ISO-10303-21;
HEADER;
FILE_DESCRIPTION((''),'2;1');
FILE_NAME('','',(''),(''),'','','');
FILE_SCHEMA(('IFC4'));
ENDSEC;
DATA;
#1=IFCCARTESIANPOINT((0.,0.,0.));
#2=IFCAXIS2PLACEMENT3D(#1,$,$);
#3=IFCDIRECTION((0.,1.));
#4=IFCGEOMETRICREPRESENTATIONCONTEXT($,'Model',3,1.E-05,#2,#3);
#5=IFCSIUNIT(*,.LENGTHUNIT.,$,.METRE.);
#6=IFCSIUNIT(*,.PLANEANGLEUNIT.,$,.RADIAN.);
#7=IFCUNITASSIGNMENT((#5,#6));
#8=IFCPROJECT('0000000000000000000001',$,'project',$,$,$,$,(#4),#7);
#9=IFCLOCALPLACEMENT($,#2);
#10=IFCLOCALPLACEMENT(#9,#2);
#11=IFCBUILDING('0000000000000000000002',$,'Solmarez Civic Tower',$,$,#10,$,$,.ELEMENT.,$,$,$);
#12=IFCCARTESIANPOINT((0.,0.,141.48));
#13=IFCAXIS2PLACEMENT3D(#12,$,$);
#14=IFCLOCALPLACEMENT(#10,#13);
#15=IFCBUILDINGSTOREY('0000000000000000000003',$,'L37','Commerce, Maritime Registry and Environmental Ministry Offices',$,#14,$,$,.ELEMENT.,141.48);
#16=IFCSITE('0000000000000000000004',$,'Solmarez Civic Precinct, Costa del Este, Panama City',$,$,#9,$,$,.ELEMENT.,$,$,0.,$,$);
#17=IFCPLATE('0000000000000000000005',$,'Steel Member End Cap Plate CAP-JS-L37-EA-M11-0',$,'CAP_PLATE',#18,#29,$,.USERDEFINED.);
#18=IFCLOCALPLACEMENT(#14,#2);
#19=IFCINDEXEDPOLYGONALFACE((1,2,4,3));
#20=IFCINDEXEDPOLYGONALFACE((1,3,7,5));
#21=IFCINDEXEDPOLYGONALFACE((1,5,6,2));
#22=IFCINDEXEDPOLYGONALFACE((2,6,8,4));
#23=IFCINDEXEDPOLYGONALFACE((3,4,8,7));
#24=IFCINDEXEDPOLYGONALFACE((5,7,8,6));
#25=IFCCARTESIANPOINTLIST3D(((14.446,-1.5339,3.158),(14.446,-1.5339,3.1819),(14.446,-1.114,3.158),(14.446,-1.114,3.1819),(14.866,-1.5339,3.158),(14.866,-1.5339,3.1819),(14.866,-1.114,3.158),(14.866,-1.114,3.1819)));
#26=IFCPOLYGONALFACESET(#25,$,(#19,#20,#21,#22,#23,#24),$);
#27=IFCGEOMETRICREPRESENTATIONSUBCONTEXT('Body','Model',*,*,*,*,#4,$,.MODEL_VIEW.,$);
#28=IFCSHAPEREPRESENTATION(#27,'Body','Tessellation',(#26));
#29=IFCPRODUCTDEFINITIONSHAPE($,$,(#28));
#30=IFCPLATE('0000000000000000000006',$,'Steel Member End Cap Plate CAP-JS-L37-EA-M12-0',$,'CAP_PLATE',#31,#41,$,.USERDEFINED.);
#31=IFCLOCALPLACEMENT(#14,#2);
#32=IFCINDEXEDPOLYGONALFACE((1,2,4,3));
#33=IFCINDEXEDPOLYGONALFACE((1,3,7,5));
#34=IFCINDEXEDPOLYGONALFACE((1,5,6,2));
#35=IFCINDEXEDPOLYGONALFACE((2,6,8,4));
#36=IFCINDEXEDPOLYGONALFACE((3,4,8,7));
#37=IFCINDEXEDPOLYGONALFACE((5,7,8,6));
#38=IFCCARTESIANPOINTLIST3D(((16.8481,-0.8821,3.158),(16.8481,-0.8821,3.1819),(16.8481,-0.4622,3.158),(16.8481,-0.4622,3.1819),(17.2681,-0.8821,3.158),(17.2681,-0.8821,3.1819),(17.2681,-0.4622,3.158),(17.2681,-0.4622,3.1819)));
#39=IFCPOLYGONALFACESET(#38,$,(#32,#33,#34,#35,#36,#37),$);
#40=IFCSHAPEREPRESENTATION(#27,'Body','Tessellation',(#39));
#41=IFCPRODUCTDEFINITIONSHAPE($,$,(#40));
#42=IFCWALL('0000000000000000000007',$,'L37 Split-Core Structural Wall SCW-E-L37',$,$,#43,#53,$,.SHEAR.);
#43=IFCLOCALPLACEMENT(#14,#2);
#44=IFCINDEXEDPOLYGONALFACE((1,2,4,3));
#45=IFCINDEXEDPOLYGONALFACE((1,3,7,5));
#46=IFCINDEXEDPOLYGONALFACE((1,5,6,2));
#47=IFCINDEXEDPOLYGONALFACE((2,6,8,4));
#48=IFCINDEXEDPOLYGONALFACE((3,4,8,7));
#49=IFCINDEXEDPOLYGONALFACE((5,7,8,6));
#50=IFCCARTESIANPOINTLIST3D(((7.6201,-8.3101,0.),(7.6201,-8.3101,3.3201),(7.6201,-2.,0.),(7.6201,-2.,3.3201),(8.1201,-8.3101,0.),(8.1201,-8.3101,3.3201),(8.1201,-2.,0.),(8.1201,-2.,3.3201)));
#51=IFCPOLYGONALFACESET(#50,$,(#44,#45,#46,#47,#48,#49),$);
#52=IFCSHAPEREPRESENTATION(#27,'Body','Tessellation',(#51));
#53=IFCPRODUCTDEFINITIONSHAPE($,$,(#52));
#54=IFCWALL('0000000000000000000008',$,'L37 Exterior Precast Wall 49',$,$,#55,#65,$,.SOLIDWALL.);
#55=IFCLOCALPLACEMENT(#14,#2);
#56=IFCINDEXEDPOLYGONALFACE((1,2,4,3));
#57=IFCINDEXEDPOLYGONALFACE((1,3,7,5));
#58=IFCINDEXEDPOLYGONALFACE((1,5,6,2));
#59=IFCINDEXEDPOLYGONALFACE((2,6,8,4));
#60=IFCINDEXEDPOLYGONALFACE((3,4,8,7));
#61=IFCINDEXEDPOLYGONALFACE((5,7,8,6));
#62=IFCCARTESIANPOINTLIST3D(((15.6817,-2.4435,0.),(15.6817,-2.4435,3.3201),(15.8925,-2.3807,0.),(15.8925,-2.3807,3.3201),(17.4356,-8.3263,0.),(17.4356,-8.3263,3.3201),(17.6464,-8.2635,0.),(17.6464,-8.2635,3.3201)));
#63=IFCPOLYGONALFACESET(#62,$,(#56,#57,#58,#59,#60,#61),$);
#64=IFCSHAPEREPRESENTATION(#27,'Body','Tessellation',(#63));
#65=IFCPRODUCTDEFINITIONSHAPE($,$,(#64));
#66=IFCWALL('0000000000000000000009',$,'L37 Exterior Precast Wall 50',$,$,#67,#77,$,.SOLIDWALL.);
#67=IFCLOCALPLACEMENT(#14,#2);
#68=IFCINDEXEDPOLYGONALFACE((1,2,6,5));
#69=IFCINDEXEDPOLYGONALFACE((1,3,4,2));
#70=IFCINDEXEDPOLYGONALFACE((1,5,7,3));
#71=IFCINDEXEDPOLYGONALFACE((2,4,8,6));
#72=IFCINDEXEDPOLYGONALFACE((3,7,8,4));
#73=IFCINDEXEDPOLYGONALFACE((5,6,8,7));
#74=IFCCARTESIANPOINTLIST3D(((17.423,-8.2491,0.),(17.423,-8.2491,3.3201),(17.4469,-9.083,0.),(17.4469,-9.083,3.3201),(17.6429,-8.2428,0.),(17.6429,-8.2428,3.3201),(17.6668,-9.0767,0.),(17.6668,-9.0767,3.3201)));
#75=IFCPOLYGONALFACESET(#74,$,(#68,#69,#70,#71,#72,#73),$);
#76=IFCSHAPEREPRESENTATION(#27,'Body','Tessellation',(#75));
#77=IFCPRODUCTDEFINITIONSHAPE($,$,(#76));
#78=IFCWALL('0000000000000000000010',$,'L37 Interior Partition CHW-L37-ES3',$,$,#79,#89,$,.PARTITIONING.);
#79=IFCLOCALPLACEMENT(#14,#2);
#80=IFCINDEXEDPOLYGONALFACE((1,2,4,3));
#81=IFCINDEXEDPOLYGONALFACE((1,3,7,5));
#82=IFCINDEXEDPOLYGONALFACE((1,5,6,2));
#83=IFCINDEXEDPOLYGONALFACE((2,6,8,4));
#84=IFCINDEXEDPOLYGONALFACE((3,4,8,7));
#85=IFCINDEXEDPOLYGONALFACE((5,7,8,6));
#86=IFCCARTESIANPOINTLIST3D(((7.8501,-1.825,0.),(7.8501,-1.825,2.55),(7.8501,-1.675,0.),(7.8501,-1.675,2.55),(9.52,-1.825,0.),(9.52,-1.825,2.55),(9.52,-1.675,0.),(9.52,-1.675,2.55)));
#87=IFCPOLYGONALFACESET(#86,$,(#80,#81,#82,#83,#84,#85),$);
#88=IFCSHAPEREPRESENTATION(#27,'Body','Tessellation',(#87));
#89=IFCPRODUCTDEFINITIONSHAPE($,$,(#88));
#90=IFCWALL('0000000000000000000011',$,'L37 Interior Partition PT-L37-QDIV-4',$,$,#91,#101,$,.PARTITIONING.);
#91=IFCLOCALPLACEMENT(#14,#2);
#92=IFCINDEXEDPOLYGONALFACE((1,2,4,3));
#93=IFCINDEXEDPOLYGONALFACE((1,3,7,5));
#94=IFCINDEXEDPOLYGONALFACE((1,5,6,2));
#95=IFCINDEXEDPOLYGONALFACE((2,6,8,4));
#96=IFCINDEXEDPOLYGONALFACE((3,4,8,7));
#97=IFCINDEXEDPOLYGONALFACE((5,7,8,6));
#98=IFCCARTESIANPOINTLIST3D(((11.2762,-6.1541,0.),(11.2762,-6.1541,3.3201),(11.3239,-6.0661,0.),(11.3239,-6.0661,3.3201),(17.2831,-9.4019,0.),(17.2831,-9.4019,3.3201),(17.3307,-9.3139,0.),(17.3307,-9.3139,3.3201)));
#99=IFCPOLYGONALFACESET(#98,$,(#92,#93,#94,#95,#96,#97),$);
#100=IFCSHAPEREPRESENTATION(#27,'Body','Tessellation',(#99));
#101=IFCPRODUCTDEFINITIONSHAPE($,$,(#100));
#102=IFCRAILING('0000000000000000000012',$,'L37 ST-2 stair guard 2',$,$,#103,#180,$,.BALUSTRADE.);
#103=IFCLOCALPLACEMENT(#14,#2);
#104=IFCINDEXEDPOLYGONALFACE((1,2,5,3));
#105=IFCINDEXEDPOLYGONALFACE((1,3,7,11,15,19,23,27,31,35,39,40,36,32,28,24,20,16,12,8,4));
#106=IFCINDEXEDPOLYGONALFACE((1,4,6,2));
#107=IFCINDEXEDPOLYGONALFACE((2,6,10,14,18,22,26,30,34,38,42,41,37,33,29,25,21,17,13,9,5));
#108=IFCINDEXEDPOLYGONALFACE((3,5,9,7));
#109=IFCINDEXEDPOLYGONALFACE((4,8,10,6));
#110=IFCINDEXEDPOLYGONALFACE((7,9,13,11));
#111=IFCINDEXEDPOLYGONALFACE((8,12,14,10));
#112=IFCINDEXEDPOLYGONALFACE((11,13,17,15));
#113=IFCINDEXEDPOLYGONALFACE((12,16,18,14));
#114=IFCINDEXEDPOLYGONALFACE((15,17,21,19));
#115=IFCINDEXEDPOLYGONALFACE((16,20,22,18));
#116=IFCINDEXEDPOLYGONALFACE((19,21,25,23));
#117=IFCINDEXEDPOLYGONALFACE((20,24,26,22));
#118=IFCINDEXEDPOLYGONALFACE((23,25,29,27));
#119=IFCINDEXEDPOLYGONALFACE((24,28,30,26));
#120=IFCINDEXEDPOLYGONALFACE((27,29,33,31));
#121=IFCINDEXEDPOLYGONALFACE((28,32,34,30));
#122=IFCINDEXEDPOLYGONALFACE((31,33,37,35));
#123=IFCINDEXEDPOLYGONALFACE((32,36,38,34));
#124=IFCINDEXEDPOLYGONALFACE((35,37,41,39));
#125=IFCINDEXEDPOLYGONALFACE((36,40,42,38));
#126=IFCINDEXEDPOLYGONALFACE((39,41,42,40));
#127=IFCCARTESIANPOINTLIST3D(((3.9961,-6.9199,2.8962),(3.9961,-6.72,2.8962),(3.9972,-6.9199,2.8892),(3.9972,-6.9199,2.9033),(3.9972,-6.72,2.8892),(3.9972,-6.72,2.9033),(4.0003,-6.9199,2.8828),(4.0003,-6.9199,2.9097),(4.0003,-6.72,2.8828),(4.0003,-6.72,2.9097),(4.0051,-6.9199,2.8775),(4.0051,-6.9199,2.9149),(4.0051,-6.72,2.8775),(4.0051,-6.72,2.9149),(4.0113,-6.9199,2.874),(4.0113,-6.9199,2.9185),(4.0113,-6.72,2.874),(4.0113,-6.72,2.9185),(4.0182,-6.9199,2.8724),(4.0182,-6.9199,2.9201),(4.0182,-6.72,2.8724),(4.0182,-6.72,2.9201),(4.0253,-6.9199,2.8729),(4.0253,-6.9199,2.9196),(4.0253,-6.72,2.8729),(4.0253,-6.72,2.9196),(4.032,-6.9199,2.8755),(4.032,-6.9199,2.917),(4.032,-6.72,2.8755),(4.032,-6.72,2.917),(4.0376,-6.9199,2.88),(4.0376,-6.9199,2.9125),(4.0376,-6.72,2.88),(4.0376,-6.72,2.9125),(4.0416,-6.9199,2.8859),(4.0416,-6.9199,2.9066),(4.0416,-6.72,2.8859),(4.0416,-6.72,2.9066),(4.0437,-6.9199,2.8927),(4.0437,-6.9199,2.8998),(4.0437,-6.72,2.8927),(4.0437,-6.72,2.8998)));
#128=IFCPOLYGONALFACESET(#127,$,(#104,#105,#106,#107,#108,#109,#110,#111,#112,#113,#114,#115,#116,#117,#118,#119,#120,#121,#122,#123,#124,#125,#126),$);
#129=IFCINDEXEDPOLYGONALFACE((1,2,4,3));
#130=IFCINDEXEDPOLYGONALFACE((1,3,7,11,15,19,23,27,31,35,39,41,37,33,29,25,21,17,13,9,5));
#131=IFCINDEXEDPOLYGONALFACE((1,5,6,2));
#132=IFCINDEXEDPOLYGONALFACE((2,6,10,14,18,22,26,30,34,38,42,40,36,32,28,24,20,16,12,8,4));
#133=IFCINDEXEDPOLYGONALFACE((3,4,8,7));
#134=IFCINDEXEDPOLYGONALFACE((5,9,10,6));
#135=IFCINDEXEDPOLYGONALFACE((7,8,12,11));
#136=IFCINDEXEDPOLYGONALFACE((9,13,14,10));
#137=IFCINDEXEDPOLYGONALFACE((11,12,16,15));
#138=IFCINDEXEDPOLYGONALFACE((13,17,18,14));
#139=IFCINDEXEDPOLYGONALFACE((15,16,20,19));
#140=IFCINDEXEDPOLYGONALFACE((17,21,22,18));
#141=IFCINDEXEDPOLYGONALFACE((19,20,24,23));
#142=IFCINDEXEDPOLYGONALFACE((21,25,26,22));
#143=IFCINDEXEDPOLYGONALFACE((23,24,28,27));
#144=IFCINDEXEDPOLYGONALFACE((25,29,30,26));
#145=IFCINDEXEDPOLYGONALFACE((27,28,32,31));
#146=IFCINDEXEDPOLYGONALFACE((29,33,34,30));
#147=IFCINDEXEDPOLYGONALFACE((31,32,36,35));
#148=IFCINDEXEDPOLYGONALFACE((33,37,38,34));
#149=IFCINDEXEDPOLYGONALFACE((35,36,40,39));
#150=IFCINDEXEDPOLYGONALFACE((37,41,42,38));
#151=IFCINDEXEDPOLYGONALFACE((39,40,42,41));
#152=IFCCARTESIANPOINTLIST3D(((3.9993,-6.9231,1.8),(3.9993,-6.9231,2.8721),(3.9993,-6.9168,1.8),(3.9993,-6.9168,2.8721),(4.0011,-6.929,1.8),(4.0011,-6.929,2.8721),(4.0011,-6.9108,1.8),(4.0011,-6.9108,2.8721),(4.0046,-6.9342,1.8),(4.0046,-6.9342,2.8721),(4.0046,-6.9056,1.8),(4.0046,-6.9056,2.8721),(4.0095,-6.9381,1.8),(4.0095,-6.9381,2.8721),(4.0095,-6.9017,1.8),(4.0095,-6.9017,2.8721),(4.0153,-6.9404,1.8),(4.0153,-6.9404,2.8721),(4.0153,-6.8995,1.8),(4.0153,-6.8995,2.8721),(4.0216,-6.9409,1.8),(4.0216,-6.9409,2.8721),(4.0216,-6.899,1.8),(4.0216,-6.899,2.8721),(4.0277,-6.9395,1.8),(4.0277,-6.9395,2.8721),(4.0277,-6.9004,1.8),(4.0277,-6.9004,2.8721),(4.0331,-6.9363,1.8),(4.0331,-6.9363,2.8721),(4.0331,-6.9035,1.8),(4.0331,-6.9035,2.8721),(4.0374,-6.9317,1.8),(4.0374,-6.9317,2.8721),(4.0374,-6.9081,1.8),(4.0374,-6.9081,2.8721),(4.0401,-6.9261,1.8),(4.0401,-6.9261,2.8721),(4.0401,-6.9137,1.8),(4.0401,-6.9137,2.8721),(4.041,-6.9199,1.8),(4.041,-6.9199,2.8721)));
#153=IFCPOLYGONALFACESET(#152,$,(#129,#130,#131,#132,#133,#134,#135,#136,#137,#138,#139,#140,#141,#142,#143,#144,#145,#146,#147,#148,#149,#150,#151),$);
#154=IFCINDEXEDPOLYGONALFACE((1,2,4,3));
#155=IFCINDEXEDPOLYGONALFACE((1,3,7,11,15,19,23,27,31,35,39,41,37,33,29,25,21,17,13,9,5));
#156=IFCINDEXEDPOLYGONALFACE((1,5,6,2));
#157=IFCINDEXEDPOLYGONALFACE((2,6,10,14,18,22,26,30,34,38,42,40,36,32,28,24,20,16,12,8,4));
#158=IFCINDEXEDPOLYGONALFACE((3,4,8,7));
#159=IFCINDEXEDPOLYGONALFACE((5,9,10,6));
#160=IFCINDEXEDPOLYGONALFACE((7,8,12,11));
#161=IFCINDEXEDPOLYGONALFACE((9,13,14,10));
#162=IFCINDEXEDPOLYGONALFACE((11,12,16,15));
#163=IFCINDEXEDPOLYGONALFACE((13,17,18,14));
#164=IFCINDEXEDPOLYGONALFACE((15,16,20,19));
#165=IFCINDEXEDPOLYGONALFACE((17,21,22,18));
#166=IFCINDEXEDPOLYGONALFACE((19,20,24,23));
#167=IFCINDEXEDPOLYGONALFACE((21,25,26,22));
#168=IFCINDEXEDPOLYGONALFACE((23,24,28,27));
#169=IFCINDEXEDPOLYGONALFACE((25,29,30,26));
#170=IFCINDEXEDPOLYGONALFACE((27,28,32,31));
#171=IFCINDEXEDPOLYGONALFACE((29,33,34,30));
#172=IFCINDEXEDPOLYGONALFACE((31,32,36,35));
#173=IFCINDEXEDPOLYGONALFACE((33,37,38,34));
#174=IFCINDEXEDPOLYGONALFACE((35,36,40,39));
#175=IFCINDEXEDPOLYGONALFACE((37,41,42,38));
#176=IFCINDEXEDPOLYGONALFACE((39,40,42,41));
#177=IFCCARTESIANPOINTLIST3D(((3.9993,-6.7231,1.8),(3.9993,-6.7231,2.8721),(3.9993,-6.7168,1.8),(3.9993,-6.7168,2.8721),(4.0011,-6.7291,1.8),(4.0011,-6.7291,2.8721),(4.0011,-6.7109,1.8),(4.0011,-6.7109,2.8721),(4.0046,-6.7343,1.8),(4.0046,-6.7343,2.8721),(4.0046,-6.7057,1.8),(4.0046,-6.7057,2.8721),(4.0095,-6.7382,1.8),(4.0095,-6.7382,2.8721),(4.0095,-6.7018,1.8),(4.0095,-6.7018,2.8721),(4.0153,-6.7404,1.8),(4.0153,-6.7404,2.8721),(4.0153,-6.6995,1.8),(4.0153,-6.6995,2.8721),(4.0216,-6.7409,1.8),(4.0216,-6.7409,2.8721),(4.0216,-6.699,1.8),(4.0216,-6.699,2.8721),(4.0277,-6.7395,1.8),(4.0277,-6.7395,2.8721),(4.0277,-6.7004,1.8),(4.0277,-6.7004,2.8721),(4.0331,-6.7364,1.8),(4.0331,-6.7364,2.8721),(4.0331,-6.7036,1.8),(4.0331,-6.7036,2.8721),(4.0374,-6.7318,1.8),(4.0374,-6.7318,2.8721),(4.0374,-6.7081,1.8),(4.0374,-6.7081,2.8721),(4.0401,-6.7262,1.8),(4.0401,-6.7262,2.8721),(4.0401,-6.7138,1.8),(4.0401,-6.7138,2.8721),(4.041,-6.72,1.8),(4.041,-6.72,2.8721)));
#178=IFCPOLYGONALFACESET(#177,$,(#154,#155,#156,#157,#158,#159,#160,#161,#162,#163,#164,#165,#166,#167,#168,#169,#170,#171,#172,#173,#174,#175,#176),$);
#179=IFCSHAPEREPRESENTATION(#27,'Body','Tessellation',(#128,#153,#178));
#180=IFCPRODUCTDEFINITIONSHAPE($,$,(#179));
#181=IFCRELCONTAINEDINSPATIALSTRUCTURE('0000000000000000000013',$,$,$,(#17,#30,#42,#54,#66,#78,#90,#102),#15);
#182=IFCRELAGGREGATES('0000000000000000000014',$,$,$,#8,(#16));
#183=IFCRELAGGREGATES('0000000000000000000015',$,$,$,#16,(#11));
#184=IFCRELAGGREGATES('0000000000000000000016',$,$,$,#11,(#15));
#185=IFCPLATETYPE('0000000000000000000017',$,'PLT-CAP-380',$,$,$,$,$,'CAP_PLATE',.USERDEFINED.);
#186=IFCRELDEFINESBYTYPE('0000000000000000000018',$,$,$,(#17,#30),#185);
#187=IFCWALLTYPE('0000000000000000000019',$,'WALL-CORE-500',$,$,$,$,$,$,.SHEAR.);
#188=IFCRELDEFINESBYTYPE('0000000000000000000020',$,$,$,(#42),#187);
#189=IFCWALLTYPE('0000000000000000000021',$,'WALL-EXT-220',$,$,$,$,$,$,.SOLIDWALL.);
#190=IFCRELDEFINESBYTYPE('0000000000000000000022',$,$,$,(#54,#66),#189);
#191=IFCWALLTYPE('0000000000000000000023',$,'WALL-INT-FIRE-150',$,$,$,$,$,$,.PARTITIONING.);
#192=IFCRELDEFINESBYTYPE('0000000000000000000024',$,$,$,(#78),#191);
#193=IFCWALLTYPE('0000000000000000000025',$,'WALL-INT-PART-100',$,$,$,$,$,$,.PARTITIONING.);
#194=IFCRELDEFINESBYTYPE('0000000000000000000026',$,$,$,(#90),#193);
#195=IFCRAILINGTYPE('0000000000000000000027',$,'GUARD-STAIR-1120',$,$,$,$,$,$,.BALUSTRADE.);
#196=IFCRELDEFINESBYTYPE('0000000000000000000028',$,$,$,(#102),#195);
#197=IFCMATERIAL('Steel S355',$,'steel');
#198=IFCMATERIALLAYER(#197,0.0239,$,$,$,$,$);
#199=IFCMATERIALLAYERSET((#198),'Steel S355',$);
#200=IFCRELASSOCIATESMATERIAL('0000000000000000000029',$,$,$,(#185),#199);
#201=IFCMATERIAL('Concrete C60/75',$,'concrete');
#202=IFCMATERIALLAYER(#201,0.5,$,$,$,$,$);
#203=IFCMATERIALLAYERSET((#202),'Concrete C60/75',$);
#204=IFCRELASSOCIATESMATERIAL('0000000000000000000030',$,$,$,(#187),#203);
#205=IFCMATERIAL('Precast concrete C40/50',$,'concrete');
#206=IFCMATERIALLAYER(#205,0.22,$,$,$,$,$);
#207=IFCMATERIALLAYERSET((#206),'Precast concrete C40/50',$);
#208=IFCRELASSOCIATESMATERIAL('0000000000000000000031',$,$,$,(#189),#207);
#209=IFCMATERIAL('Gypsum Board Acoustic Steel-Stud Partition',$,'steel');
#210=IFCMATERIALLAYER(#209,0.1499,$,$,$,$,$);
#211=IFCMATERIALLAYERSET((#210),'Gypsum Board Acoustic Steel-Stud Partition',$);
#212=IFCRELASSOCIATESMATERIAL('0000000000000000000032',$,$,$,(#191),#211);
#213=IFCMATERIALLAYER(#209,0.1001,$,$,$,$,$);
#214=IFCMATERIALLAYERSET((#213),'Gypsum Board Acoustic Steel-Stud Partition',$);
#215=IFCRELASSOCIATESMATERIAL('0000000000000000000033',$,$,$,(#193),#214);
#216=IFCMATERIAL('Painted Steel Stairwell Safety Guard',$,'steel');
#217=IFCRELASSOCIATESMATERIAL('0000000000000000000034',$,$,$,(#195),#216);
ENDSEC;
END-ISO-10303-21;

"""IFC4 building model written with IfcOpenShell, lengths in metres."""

from ifc_helpers import new_model, si_unit, direction, frame, frame_2d, origin, origin_2d, place, context, subcontext, project, spatial, rectangle, circle, extrude, material, layer, layer_set, type_object, element, save


model = new_model("IFC4")

# Units and contexts
model_context = context("Model", 3, precision=1e-05, world=origin(), true_north=direction((0.0, 1.0)))
body_context = subcontext(model_context, "Body", "Model", "MODEL_VIEW")
ifc_project = project(units=[si_unit("LENGTHUNIT", "METRE"), si_unit("PLANEANGLEUNIT", "RADIAN")], contexts=[model_context])

# Site, building, storey
site_placement = place(None, origin())
site = spatial("IfcSite", under=ifc_project, at=site_placement, Name="Solmarez Civic Precinct, Costa del Este, Panama City", CompositionType="ELEMENT", RefElevation=0.0)
building_placement = place(site_placement, origin())
building = spatial("IfcBuilding", under=site, at=building_placement, Name="Solmarez Civic Tower", CompositionType="ELEMENT")
storey_placement = place(building_placement, frame((0.0, 0.0, 141.48)))
storey = spatial("IfcBuildingStorey", under=building, at=storey_placement, Name="L37", Description="Commerce, Maritime Registry and Environmental Ministry Offices", CompositionType="ELEMENT", Elevation=141.48)

# Shared definitions
ifc_material_1 = material(Name="Steel S355", Category="steel")

# Plates
ifc_layer_1 = layer(ifc_material_1, 0.0239)
ifc_layer_set_1 = layer_set([ifc_layer_1], Name="Steel S355")
plate_type = type_object("IfcPlateType", Name="PLT-CAP-380", ElementType="CAP_PLATE", PredefinedType="USERDEFINED", material=ifc_layer_set_1)
for number, where, z_axis, x_axis, name in (
    (1, (14.656, -1.324, 3.158), (0.0, 0.0, 1.0), (1.0, 0.0, 0.0), "Steel Member End Cap Plate CAP-JS-L37-EA-M11-0"),
    (2, (17.0581, -0.6721, 3.158), (0.0, 0.0, 1.0), (1.0, 0.0, 0.0), "Steel Member End Cap Plate CAP-JS-L37-EA-M12-0"),
):
    element("IfcPlate", number, at=place(storey_placement, frame(where, z_axis=z_axis, x_axis=x_axis)), inside=storey, type_object=plate_type, Name=name, ObjectType="CAP_PLATE", PredefinedType="USERDEFINED", context=body_context, shape_type="SweptSolid", body=[
        extrude(rectangle(XDim=0.4199, YDim=0.4199, at=origin_2d()), origin(), (0.0, 0.0, 1.0), 0.0239),
    ])

# Walls
ifc_material_2 = material(Name="Concrete C60/75", Category="concrete")
ifc_layer_2 = layer(ifc_material_2, 0.5)
ifc_layer_set_2 = layer_set([ifc_layer_2], Name="Concrete C60/75")
wall_type_1 = type_object("IfcWallType", Name="WALL-CORE-500", PredefinedType="SHEAR", material=ifc_layer_set_2)
wall_1_placement = place(storey_placement, frame((7.8701, -2.0, 0.0), z_axis=(0.0, 0.0, 1.0), x_axis=(0.0, -1.0, 0.0)))
element("IfcWall", 3, at=wall_1_placement, inside=storey, type_object=wall_type_1, Name="L37 Split-Core Structural Wall SCW-E-L37", PredefinedType="SHEAR", context=body_context, shape_type="SweptSolid", body=[
    extrude(rectangle(XDim=6.3101, YDim=0.5, at=frame_2d((3.155, 0.0))), origin(), (0.0, 0.0, 1.0), 3.3201),
])
ifc_material_3 = material(Name="Precast concrete C40/50", Category="concrete")
ifc_layer_3 = layer(ifc_material_3, 0.22)
ifc_layer_set_3 = layer_set([ifc_layer_3], Name="Precast concrete C40/50")
wall_type_2 = type_object("IfcWallType", Name="WALL-EXT-220", PredefinedType="SOLIDWALL", material=ifc_layer_set_3)
wall_2_placement = place(storey_placement, frame((15.7871, -2.4121, 0.0), z_axis=(0.0, 0.0, 1.0), x_axis=(0.285713, -0.958315, 0.0)))
element("IfcWall", 4, at=wall_2_placement, inside=storey, type_object=wall_type_2, Name="L37 Exterior Precast Wall 49", PredefinedType="SOLIDWALL", context=body_context, shape_type="SweptSolid", body=[
    extrude(rectangle(XDim=6.1387, YDim=0.22, at=frame_2d((3.0693, 0.0))), origin(), (0.0, 0.0, 1.0), 3.3201),
])
wall_3_placement = place(storey_placement, frame((17.533, -8.2461, 0.0), z_axis=(0.0, 0.0, 1.0), x_axis=(0.028677, -0.999589, 0.0)))
element("IfcWall", 5, at=wall_3_placement, inside=storey, type_object=wall_type_2, Name="L37 Exterior Precast Wall 50", PredefinedType="SOLIDWALL", context=body_context, shape_type="SweptSolid", body=[
    extrude(rectangle(XDim=0.8342, YDim=0.22, at=frame_2d((0.417, 0.0))), origin(), (0.0, 0.0, 1.0), 3.3201),
])
ifc_material_4 = material(Name="Gypsum Board Acoustic Steel-Stud Partition", Category="steel")
ifc_layer_4 = layer(ifc_material_4, 0.1499)
ifc_layer_set_4 = layer_set([ifc_layer_4], Name="Gypsum Board Acoustic Steel-Stud Partition")
wall_type_3 = type_object("IfcWallType", Name="WALL-INT-FIRE-150", PredefinedType="PARTITIONING", material=ifc_layer_set_4)
wall_4_placement = place(storey_placement, frame((7.8501, -1.75, 0.0), z_axis=(0.0, 0.0, 1.0), x_axis=(1.0, 0.0, 0.0)))
element("IfcWall", 6, at=wall_4_placement, inside=storey, type_object=wall_type_3, Name="L37 Interior Partition CHW-L37-ES3", PredefinedType="PARTITIONING", context=body_context, shape_type="SweptSolid", body=[
    extrude(rectangle(XDim=1.6699, YDim=0.1499, at=frame_2d((0.835, 0.0))), origin(), (0.0, 0.0, 1.0), 2.55),
])
ifc_layer_5 = layer(ifc_material_4, 0.1001)
ifc_layer_set_5 = layer_set([ifc_layer_5], Name="Gypsum Board Acoustic Steel-Stud Partition")
wall_type_4 = type_object("IfcWallType", Name="WALL-INT-PART-100", PredefinedType="PARTITIONING", material=ifc_layer_set_5)
wall_5_placement = place(storey_placement, frame((11.3, -6.1101, 0.0), z_axis=(0.0, 0.0, 1.0), x_axis=(0.879654, -0.475615, 0.0)))
element("IfcWall", 7, at=wall_5_placement, inside=storey, type_object=wall_type_4, Name="L37 Interior Partition PT-L37-QDIV-4", PredefinedType="PARTITIONING", context=body_context, shape_type="SweptSolid", body=[
    extrude(rectangle(XDim=6.8286, YDim=0.1001, at=frame_2d((3.4143, 0.0))), origin(), (0.0, 0.0, 1.0), 3.3201),
])

# Railing
ifc_material_5 = material(Name="Painted Steel Stairwell Safety Guard", Category="steel")
railing_type_1 = type_object("IfcRailingType", Name="GUARD-STAIR-1120", PredefinedType="BALUSTRADE", material=ifc_material_5)
railing_1_placement = place(storey_placement, frame((4.02, -6.9199, 1.8)))
element("IfcRailing", 8, at=railing_1_placement, inside=storey, type_object=railing_type_1, Name="L37 ST-2 stair guard 2", PredefinedType="BALUSTRADE", context=body_context, shape_type="SweptSolid", body=[
    extrude(circle(Radius=0.0239, at=origin_2d()), frame((0.0, 0.0, 1.0962), z_axis=(0.0, 1.0, 0.0), x_axis=(-1.0, 0.0, 0.0)), (0.0, 0.0, 1.0), 0.2),
    extrude(circle(Radius=0.021, at=origin_2d()), origin(), (0.0, 0.0, 1.0), 1.072),
    extrude(circle(Radius=0.021, at=origin_2d()), frame((0.0, 0.2, 0.0)), (0.0, 0.0, 1.0), 1.072),
])

save(model, "model.ifc")
